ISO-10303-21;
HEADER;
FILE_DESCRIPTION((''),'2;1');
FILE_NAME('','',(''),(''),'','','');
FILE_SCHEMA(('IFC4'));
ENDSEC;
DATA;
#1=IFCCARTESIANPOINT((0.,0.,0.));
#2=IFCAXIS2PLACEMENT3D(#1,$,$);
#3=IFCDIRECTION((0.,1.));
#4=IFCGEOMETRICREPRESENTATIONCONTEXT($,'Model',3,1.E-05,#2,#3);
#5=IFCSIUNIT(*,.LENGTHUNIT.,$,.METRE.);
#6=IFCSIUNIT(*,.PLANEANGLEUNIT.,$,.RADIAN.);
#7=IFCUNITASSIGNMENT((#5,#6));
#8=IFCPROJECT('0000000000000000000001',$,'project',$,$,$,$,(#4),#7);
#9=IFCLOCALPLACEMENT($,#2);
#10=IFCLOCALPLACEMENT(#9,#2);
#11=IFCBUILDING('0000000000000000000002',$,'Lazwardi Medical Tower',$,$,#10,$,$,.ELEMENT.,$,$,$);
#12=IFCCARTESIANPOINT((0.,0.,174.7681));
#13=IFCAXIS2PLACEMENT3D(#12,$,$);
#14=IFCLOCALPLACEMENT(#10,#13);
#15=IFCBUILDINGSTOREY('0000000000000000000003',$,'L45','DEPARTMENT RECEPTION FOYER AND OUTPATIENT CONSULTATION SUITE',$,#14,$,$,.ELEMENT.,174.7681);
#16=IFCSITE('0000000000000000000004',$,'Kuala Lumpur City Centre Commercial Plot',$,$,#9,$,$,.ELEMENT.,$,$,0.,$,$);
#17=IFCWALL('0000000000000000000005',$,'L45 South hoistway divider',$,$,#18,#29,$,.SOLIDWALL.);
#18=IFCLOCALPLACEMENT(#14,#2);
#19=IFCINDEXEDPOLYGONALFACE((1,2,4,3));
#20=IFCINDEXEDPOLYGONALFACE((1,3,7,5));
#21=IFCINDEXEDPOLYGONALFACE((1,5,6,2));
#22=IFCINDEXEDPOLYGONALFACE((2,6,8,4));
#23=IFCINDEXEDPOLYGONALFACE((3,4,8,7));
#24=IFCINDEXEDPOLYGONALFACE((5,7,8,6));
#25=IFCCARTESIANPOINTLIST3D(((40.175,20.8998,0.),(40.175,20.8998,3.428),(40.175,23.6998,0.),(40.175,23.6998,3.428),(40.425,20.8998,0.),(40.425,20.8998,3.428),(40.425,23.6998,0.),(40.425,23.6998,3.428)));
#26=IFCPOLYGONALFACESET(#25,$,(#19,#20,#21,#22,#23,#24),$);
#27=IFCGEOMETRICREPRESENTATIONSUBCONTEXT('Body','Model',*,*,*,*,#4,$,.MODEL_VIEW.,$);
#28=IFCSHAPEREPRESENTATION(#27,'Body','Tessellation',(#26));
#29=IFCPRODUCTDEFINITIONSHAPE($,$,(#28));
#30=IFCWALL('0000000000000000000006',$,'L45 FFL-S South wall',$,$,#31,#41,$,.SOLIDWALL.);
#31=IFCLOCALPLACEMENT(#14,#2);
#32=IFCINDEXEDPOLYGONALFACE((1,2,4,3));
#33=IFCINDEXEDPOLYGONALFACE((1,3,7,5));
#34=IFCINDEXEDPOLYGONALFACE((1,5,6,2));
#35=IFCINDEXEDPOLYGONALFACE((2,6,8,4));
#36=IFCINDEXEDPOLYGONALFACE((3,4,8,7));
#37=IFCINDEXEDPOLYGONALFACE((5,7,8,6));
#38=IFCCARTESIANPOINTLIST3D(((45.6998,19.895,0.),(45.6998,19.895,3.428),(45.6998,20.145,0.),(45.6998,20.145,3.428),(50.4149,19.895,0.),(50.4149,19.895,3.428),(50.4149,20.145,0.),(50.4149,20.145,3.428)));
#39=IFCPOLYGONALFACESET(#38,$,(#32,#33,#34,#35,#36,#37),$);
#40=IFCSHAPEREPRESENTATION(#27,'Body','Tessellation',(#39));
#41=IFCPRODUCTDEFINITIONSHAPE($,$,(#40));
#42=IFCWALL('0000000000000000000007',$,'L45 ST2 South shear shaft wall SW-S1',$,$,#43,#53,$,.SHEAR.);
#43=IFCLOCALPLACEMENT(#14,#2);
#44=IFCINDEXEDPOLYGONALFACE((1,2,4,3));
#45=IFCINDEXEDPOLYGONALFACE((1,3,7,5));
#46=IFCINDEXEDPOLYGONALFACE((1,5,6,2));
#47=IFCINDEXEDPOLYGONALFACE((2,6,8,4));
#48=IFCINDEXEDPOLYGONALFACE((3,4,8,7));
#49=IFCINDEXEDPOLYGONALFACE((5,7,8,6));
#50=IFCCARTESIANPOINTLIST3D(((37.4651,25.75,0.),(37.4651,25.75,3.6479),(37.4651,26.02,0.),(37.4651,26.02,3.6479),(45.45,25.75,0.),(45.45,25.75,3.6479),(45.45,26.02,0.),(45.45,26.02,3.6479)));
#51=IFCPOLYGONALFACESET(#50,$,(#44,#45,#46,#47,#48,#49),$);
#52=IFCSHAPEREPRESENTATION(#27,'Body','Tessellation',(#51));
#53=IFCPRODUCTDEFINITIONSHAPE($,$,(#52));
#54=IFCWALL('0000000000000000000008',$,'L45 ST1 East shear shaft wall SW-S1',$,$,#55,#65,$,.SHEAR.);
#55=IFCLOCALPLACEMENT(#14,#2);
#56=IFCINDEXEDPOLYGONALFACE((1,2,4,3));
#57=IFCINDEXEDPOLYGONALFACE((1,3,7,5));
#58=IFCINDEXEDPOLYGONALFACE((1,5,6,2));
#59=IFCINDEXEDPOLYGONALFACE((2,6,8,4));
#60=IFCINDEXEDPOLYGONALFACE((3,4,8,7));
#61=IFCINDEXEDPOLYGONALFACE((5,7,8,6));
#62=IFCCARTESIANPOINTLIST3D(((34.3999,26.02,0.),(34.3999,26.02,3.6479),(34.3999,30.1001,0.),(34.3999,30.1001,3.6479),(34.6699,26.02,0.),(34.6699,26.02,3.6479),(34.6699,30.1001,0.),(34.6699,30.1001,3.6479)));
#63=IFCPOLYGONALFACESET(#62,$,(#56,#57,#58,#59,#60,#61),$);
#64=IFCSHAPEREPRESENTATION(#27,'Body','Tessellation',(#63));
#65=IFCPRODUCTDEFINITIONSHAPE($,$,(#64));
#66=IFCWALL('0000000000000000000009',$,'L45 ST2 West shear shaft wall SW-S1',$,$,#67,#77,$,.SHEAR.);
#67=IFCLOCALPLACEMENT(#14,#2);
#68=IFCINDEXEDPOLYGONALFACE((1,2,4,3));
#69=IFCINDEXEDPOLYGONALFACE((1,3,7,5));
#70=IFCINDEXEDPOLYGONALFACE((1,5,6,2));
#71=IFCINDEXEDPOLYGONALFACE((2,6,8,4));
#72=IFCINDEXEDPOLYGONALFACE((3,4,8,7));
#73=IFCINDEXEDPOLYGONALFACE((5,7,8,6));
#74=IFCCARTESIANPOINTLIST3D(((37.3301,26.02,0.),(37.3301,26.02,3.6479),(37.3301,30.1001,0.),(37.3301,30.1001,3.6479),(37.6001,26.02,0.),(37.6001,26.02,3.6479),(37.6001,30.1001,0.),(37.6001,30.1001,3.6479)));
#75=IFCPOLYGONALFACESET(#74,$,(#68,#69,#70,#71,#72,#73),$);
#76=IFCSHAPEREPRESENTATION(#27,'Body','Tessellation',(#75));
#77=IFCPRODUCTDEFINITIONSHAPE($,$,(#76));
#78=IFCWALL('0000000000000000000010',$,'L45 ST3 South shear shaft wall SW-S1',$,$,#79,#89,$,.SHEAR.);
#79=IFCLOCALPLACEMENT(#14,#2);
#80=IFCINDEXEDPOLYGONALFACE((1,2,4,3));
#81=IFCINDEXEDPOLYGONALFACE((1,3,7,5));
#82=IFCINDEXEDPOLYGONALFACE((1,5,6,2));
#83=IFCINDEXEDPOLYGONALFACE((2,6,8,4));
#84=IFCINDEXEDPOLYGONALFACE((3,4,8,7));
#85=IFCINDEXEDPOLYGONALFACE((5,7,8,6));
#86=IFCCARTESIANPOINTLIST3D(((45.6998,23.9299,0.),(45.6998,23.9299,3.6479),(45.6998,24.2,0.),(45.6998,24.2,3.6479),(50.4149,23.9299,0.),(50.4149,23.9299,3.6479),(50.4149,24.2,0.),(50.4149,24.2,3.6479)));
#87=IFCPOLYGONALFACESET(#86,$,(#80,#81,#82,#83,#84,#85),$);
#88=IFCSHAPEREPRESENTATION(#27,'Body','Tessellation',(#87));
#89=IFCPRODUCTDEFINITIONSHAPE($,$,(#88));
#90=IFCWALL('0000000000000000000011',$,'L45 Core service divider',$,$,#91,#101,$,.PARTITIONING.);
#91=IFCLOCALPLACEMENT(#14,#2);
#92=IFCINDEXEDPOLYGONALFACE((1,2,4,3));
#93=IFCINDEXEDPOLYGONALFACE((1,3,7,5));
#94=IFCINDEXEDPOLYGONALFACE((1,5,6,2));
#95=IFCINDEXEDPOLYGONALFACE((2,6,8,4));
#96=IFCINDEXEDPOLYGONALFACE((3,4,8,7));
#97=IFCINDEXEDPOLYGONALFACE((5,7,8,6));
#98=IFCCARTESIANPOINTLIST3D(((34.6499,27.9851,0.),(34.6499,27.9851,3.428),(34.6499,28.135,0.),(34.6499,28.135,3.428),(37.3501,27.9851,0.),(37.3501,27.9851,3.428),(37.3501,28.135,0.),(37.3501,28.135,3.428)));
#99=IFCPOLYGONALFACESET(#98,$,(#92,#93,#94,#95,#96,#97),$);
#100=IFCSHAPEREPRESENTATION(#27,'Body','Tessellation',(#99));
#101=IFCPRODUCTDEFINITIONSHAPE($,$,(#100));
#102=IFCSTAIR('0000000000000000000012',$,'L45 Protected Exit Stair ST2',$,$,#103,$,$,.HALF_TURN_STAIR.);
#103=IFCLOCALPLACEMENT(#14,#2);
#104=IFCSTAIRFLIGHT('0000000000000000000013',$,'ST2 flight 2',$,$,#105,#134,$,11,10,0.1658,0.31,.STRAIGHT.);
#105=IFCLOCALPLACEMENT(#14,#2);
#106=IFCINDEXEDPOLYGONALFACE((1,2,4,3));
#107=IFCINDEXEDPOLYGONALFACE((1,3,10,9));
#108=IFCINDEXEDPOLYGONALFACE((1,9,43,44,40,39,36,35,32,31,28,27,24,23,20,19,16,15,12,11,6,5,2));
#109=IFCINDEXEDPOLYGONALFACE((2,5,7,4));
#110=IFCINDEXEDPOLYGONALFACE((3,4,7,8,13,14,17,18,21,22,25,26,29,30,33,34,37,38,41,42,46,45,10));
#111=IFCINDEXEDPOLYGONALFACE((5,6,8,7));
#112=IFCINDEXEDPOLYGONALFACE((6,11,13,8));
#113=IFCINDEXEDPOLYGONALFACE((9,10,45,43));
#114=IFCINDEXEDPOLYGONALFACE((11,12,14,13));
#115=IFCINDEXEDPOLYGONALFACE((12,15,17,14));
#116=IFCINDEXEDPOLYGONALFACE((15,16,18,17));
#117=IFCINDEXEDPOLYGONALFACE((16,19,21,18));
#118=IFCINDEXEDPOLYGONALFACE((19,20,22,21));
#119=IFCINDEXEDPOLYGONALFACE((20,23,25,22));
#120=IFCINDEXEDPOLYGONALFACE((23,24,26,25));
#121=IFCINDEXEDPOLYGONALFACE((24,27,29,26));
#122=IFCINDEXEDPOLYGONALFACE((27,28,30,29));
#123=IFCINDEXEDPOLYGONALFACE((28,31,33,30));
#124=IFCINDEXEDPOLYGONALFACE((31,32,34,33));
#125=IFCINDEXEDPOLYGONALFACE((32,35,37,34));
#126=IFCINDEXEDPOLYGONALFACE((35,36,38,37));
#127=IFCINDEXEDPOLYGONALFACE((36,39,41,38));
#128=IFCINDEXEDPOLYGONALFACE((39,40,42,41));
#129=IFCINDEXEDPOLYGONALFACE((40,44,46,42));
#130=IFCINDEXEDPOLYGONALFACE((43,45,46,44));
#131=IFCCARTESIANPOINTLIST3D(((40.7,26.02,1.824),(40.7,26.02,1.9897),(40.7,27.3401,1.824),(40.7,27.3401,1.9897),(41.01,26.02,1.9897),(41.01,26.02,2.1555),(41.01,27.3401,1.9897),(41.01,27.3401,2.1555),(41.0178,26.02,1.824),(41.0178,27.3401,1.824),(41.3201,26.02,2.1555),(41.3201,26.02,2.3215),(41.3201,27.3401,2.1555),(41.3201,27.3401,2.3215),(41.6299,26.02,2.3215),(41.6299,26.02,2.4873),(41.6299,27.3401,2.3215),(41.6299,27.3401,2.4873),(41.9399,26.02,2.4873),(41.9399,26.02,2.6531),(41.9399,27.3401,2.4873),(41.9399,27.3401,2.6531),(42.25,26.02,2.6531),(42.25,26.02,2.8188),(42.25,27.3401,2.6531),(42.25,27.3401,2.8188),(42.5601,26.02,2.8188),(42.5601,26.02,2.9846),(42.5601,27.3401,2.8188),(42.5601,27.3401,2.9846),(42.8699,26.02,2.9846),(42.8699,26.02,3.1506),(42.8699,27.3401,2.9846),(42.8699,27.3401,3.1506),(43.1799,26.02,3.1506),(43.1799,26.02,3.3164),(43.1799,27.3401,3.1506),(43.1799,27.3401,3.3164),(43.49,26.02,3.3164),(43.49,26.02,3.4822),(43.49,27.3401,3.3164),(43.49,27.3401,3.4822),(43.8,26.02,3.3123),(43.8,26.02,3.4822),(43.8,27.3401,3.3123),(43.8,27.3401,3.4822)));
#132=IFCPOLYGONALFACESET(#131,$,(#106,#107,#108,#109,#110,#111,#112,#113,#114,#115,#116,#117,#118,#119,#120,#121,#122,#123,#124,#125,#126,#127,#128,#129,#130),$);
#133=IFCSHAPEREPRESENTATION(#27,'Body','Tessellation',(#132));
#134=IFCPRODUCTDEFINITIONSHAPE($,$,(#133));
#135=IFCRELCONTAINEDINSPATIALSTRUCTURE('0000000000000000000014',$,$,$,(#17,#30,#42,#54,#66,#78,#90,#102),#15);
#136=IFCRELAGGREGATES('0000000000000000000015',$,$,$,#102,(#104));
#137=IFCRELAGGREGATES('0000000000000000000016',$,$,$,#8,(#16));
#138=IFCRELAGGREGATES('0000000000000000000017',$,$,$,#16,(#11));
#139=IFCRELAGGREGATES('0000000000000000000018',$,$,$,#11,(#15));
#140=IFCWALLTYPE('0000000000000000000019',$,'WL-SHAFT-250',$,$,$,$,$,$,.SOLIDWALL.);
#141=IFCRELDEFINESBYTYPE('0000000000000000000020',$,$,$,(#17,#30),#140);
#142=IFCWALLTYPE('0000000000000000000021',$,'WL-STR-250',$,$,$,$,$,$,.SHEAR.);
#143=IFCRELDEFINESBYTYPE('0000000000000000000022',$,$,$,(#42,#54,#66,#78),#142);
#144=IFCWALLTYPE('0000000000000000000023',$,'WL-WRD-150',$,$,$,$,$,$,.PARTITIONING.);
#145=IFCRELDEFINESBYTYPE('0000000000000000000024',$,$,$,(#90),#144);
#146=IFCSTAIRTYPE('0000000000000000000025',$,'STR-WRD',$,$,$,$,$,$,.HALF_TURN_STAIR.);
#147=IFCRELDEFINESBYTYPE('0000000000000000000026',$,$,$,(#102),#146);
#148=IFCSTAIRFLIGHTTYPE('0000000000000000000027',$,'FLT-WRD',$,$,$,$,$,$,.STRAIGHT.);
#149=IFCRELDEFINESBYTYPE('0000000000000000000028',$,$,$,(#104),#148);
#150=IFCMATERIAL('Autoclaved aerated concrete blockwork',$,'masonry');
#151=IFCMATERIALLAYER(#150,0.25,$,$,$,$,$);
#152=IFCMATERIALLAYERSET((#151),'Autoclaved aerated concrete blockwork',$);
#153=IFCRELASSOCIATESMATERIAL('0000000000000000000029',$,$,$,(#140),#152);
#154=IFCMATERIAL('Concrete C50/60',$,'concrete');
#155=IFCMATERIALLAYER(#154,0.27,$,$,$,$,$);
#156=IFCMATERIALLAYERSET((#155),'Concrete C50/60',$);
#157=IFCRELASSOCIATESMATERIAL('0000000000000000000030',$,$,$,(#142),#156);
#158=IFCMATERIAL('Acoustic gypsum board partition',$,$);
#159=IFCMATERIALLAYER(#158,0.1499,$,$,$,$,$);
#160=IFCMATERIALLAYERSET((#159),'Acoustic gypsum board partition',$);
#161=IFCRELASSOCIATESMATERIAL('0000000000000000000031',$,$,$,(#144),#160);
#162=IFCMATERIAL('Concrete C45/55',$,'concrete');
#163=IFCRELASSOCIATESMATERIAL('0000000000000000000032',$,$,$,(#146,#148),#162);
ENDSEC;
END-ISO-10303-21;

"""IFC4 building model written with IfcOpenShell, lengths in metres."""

from ifc_helpers import new_model, si_unit, direction, frame, frame_2d, origin, place, context, subcontext, project, spatial, polyline, rectangle, outline, extrude, material, layer, layer_set, type_object, element, aggregate, save


model = new_model("IFC4")

# Units and contexts
model_context = context("Model", 3, precision=1e-05, world=origin(), true_north=direction((0.0, 1.0)))
body_context = subcontext(model_context, "Body", "Model", "MODEL_VIEW")
ifc_project = project(units=[si_unit("LENGTHUNIT", "METRE"), si_unit("PLANEANGLEUNIT", "RADIAN")], contexts=[model_context])

# Site, building, storey
site_placement = place(None, origin())
site = spatial("IfcSite", under=ifc_project, at=site_placement, Name="Kuala Lumpur City Centre Commercial Plot", CompositionType="ELEMENT", RefElevation=0.0)
building_placement = place(site_placement, origin())
building = spatial("IfcBuilding", under=site, at=building_placement, Name="Lazwardi Medical Tower", CompositionType="ELEMENT")
storey_placement = place(building_placement, frame((0.0, 0.0, 174.7681)))
storey = spatial("IfcBuildingStorey", under=building, at=storey_placement, Name="L45", Description="DEPARTMENT RECEPTION FOYER AND OUTPATIENT CONSULTATION SUITE", CompositionType="ELEMENT", Elevation=174.7681)

# Walls
ifc_material_1 = material(Name="Autoclaved aerated concrete blockwork", Category="masonry")
ifc_layer_1 = layer(ifc_material_1, 0.25)
ifc_layer_set_1 = layer_set([ifc_layer_1], Name="Autoclaved aerated concrete blockwork")
wall_type_1 = type_object("IfcWallType", Name="WL-SHAFT-250", PredefinedType="SOLIDWALL", material=ifc_layer_set_1)
for number, where, z_axis, x_axis, name in (
    (1, (40.3, 20.8999, 0.0), (0.0, 0.0, 1.0), (0.0, 1.0, 0.0), "L45 South hoistway divider"),
):
    element("IfcWall", number, at=place(storey_placement, frame(where, z_axis=z_axis, x_axis=x_axis)), inside=storey, type_object=wall_type_1, Name=name, PredefinedType="SOLIDWALL", context=body_context, shape_type="SweptSolid", body=[
        extrude(rectangle(XDim=2.8, YDim=0.25, at=frame_2d((1.3999, 0.0))), origin(), (0.0, 0.0, 1.0), 3.428),
    ])
wall_1_placement = place(storey_placement, frame((45.7, 20.02, 0.0), z_axis=(0.0, 0.0, 1.0), x_axis=(1.0, 0.0, 0.0)))
element("IfcWall", 2, at=wall_1_placement, inside=storey, type_object=wall_type_1, Name="L45 FFL-S South wall", PredefinedType="SOLIDWALL", context=body_context, shape_type="SweptSolid", body=[
    extrude(rectangle(XDim=4.7151, YDim=0.25, at=frame_2d((2.3574, 0.0))), origin(), (0.0, 0.0, 1.0), 3.428),
])

# Shared definitions
ifc_material_2 = material(Name="Concrete C50/60", Category="concrete")
ifc_layer_2 = layer(ifc_material_2, 0.27)
ifc_layer_set_2 = layer_set([ifc_layer_2], Name="Concrete C50/60")
wall_type_2 = type_object("IfcWallType", Name="WL-STR-250", PredefinedType="SHEAR", material=ifc_layer_set_2)

# Walls
wall_2_placement = place(storey_placement, frame((37.4651, 25.885, 0.0), z_axis=(0.0, 0.0, 1.0), x_axis=(1.0, 0.0, 0.0)))
element("IfcWall", 3, at=wall_2_placement, inside=storey, type_object=wall_type_2, Name="L45 ST2 South shear shaft wall SW-S1", PredefinedType="SHEAR", context=body_context, shape_type="SweptSolid", body=[
    extrude(rectangle(XDim=7.9849, YDim=0.27, at=frame_2d((3.9924, 0.0))), origin(), (0.0, 0.0, 1.0), 3.6479),
])
for number, where, z_axis, x_axis, name in (
    (4, (34.5349, 26.02, 0.0), (0.0, 0.0, 1.0), (0.0, 1.0, 0.0), "L45 ST1 East shear shaft wall SW-S1"),
    (5, (37.4651, 26.02, 0.0), (0.0, 0.0, 1.0), (0.0, 1.0, 0.0), "L45 ST2 West shear shaft wall SW-S1"),
):
    element("IfcWall", number, at=place(storey_placement, frame(where, z_axis=z_axis, x_axis=x_axis)), inside=storey, type_object=wall_type_2, Name=name, PredefinedType="SHEAR", context=body_context, shape_type="SweptSolid", body=[
        extrude(rectangle(XDim=4.0801, YDim=0.27, at=frame_2d((2.04, 0.0))), origin(), (0.0, 0.0, 1.0), 3.6479),
    ])
wall_3_placement = place(storey_placement, frame((45.7, 24.0649, 0.0), z_axis=(0.0, 0.0, 1.0), x_axis=(1.0, 0.0, 0.0)))
element("IfcWall", 6, at=wall_3_placement, inside=storey, type_object=wall_type_2, Name="L45 ST3 South shear shaft wall SW-S1", PredefinedType="SHEAR", context=body_context, shape_type="SweptSolid", body=[
    extrude(rectangle(XDim=4.7151, YDim=0.27, at=frame_2d((2.3574, 0.0))), origin(), (0.0, 0.0, 1.0), 3.6479),
])
ifc_material_3 = material(Name="Acoustic gypsum board partition")
ifc_layer_3 = layer(ifc_material_3, 0.1499)
ifc_layer_set_3 = layer_set([ifc_layer_3], Name="Acoustic gypsum board partition")
wall_type_3 = type_object("IfcWallType", Name="WL-WRD-150", PredefinedType="PARTITIONING", material=ifc_layer_set_3)
wall_4_placement = place(storey_placement, frame((34.6499, 28.0601, 0.0), z_axis=(0.0, 0.0, 1.0), x_axis=(1.0, 0.0, 0.0)))
element("IfcWall", 7, at=wall_4_placement, inside=storey, type_object=wall_type_3, Name="L45 Core service divider", PredefinedType="PARTITIONING", context=body_context, shape_type="SweptSolid", body=[
    extrude(rectangle(XDim=2.7002, YDim=0.1499, at=frame_2d((1.3501, 0.0))), origin(), (0.0, 0.0, 1.0), 3.428),
])

# Stair, stair flight
ifc_material_4 = material(Name="Concrete C45/55", Category="concrete")
stair_type = type_object("IfcStairType", Name="STR-WRD", PredefinedType="HALF_TURN_STAIR", material=ifc_material_4)
stair_placement = place(storey_placement, origin())
stair = element("IfcStair", 8, at=stair_placement, inside=storey, type_object=stair_type, Name="L45 Protected Exit Stair ST2", PredefinedType="HALF_TURN_STAIR")
stair_flight_type = type_object("IfcStairFlightType", Name="FLT-WRD", PredefinedType="STRAIGHT", material=ifc_material_4)
stair_flight_placement = place(storey_placement, frame((40.7, 26.6799, 1.824), z_axis=(0.0, 0.0, 1.0), x_axis=(1.0, 0.0, 0.0)))
stair_flight = element("IfcStairFlight", 9, at=stair_flight_placement, type_object=stair_flight_type, Name="ST2 flight 2", NumberOfRisers=11, NumberOfTreads=10, PredefinedType="STRAIGHT", RiserHeight=0.1658, TreadLength=0.31, context=body_context, shape_type="SweptSolid", body=[
    extrude(outline(polyline([(0.0, 0.0), (0.0, 0.1658), (0.3101, 0.1658), (0.3101, 0.3315), (0.6201, 0.3315), (0.6201, 0.4976), (0.9299, 0.4976), (0.9299, 0.6633), (1.24, 0.6633), (1.24, 0.8291), (1.55, 0.8291), (1.55, 0.9949), (1.8601, 0.9949), (1.8601, 1.1606), (2.1699, 1.1606), (2.1699, 1.3267), (2.48, 1.3267), (2.48, 1.4924), (2.79, 1.4924), (2.79, 1.6582), (3.1001, 1.6582), (3.1001, 1.824), (3.1001, 1.4883), (0.3179, 0.0), (0.0, 0.0)])), frame((0.0, 0.6602, 0.0), z_axis=(0.0, -1.0, 0.0), x_axis=(1.0, 0.0, 0.0)), (0.0, 0.0, 1.0), 1.3201),
])
aggregate(stair, [stair_flight])

save(model, "model.ifc")
